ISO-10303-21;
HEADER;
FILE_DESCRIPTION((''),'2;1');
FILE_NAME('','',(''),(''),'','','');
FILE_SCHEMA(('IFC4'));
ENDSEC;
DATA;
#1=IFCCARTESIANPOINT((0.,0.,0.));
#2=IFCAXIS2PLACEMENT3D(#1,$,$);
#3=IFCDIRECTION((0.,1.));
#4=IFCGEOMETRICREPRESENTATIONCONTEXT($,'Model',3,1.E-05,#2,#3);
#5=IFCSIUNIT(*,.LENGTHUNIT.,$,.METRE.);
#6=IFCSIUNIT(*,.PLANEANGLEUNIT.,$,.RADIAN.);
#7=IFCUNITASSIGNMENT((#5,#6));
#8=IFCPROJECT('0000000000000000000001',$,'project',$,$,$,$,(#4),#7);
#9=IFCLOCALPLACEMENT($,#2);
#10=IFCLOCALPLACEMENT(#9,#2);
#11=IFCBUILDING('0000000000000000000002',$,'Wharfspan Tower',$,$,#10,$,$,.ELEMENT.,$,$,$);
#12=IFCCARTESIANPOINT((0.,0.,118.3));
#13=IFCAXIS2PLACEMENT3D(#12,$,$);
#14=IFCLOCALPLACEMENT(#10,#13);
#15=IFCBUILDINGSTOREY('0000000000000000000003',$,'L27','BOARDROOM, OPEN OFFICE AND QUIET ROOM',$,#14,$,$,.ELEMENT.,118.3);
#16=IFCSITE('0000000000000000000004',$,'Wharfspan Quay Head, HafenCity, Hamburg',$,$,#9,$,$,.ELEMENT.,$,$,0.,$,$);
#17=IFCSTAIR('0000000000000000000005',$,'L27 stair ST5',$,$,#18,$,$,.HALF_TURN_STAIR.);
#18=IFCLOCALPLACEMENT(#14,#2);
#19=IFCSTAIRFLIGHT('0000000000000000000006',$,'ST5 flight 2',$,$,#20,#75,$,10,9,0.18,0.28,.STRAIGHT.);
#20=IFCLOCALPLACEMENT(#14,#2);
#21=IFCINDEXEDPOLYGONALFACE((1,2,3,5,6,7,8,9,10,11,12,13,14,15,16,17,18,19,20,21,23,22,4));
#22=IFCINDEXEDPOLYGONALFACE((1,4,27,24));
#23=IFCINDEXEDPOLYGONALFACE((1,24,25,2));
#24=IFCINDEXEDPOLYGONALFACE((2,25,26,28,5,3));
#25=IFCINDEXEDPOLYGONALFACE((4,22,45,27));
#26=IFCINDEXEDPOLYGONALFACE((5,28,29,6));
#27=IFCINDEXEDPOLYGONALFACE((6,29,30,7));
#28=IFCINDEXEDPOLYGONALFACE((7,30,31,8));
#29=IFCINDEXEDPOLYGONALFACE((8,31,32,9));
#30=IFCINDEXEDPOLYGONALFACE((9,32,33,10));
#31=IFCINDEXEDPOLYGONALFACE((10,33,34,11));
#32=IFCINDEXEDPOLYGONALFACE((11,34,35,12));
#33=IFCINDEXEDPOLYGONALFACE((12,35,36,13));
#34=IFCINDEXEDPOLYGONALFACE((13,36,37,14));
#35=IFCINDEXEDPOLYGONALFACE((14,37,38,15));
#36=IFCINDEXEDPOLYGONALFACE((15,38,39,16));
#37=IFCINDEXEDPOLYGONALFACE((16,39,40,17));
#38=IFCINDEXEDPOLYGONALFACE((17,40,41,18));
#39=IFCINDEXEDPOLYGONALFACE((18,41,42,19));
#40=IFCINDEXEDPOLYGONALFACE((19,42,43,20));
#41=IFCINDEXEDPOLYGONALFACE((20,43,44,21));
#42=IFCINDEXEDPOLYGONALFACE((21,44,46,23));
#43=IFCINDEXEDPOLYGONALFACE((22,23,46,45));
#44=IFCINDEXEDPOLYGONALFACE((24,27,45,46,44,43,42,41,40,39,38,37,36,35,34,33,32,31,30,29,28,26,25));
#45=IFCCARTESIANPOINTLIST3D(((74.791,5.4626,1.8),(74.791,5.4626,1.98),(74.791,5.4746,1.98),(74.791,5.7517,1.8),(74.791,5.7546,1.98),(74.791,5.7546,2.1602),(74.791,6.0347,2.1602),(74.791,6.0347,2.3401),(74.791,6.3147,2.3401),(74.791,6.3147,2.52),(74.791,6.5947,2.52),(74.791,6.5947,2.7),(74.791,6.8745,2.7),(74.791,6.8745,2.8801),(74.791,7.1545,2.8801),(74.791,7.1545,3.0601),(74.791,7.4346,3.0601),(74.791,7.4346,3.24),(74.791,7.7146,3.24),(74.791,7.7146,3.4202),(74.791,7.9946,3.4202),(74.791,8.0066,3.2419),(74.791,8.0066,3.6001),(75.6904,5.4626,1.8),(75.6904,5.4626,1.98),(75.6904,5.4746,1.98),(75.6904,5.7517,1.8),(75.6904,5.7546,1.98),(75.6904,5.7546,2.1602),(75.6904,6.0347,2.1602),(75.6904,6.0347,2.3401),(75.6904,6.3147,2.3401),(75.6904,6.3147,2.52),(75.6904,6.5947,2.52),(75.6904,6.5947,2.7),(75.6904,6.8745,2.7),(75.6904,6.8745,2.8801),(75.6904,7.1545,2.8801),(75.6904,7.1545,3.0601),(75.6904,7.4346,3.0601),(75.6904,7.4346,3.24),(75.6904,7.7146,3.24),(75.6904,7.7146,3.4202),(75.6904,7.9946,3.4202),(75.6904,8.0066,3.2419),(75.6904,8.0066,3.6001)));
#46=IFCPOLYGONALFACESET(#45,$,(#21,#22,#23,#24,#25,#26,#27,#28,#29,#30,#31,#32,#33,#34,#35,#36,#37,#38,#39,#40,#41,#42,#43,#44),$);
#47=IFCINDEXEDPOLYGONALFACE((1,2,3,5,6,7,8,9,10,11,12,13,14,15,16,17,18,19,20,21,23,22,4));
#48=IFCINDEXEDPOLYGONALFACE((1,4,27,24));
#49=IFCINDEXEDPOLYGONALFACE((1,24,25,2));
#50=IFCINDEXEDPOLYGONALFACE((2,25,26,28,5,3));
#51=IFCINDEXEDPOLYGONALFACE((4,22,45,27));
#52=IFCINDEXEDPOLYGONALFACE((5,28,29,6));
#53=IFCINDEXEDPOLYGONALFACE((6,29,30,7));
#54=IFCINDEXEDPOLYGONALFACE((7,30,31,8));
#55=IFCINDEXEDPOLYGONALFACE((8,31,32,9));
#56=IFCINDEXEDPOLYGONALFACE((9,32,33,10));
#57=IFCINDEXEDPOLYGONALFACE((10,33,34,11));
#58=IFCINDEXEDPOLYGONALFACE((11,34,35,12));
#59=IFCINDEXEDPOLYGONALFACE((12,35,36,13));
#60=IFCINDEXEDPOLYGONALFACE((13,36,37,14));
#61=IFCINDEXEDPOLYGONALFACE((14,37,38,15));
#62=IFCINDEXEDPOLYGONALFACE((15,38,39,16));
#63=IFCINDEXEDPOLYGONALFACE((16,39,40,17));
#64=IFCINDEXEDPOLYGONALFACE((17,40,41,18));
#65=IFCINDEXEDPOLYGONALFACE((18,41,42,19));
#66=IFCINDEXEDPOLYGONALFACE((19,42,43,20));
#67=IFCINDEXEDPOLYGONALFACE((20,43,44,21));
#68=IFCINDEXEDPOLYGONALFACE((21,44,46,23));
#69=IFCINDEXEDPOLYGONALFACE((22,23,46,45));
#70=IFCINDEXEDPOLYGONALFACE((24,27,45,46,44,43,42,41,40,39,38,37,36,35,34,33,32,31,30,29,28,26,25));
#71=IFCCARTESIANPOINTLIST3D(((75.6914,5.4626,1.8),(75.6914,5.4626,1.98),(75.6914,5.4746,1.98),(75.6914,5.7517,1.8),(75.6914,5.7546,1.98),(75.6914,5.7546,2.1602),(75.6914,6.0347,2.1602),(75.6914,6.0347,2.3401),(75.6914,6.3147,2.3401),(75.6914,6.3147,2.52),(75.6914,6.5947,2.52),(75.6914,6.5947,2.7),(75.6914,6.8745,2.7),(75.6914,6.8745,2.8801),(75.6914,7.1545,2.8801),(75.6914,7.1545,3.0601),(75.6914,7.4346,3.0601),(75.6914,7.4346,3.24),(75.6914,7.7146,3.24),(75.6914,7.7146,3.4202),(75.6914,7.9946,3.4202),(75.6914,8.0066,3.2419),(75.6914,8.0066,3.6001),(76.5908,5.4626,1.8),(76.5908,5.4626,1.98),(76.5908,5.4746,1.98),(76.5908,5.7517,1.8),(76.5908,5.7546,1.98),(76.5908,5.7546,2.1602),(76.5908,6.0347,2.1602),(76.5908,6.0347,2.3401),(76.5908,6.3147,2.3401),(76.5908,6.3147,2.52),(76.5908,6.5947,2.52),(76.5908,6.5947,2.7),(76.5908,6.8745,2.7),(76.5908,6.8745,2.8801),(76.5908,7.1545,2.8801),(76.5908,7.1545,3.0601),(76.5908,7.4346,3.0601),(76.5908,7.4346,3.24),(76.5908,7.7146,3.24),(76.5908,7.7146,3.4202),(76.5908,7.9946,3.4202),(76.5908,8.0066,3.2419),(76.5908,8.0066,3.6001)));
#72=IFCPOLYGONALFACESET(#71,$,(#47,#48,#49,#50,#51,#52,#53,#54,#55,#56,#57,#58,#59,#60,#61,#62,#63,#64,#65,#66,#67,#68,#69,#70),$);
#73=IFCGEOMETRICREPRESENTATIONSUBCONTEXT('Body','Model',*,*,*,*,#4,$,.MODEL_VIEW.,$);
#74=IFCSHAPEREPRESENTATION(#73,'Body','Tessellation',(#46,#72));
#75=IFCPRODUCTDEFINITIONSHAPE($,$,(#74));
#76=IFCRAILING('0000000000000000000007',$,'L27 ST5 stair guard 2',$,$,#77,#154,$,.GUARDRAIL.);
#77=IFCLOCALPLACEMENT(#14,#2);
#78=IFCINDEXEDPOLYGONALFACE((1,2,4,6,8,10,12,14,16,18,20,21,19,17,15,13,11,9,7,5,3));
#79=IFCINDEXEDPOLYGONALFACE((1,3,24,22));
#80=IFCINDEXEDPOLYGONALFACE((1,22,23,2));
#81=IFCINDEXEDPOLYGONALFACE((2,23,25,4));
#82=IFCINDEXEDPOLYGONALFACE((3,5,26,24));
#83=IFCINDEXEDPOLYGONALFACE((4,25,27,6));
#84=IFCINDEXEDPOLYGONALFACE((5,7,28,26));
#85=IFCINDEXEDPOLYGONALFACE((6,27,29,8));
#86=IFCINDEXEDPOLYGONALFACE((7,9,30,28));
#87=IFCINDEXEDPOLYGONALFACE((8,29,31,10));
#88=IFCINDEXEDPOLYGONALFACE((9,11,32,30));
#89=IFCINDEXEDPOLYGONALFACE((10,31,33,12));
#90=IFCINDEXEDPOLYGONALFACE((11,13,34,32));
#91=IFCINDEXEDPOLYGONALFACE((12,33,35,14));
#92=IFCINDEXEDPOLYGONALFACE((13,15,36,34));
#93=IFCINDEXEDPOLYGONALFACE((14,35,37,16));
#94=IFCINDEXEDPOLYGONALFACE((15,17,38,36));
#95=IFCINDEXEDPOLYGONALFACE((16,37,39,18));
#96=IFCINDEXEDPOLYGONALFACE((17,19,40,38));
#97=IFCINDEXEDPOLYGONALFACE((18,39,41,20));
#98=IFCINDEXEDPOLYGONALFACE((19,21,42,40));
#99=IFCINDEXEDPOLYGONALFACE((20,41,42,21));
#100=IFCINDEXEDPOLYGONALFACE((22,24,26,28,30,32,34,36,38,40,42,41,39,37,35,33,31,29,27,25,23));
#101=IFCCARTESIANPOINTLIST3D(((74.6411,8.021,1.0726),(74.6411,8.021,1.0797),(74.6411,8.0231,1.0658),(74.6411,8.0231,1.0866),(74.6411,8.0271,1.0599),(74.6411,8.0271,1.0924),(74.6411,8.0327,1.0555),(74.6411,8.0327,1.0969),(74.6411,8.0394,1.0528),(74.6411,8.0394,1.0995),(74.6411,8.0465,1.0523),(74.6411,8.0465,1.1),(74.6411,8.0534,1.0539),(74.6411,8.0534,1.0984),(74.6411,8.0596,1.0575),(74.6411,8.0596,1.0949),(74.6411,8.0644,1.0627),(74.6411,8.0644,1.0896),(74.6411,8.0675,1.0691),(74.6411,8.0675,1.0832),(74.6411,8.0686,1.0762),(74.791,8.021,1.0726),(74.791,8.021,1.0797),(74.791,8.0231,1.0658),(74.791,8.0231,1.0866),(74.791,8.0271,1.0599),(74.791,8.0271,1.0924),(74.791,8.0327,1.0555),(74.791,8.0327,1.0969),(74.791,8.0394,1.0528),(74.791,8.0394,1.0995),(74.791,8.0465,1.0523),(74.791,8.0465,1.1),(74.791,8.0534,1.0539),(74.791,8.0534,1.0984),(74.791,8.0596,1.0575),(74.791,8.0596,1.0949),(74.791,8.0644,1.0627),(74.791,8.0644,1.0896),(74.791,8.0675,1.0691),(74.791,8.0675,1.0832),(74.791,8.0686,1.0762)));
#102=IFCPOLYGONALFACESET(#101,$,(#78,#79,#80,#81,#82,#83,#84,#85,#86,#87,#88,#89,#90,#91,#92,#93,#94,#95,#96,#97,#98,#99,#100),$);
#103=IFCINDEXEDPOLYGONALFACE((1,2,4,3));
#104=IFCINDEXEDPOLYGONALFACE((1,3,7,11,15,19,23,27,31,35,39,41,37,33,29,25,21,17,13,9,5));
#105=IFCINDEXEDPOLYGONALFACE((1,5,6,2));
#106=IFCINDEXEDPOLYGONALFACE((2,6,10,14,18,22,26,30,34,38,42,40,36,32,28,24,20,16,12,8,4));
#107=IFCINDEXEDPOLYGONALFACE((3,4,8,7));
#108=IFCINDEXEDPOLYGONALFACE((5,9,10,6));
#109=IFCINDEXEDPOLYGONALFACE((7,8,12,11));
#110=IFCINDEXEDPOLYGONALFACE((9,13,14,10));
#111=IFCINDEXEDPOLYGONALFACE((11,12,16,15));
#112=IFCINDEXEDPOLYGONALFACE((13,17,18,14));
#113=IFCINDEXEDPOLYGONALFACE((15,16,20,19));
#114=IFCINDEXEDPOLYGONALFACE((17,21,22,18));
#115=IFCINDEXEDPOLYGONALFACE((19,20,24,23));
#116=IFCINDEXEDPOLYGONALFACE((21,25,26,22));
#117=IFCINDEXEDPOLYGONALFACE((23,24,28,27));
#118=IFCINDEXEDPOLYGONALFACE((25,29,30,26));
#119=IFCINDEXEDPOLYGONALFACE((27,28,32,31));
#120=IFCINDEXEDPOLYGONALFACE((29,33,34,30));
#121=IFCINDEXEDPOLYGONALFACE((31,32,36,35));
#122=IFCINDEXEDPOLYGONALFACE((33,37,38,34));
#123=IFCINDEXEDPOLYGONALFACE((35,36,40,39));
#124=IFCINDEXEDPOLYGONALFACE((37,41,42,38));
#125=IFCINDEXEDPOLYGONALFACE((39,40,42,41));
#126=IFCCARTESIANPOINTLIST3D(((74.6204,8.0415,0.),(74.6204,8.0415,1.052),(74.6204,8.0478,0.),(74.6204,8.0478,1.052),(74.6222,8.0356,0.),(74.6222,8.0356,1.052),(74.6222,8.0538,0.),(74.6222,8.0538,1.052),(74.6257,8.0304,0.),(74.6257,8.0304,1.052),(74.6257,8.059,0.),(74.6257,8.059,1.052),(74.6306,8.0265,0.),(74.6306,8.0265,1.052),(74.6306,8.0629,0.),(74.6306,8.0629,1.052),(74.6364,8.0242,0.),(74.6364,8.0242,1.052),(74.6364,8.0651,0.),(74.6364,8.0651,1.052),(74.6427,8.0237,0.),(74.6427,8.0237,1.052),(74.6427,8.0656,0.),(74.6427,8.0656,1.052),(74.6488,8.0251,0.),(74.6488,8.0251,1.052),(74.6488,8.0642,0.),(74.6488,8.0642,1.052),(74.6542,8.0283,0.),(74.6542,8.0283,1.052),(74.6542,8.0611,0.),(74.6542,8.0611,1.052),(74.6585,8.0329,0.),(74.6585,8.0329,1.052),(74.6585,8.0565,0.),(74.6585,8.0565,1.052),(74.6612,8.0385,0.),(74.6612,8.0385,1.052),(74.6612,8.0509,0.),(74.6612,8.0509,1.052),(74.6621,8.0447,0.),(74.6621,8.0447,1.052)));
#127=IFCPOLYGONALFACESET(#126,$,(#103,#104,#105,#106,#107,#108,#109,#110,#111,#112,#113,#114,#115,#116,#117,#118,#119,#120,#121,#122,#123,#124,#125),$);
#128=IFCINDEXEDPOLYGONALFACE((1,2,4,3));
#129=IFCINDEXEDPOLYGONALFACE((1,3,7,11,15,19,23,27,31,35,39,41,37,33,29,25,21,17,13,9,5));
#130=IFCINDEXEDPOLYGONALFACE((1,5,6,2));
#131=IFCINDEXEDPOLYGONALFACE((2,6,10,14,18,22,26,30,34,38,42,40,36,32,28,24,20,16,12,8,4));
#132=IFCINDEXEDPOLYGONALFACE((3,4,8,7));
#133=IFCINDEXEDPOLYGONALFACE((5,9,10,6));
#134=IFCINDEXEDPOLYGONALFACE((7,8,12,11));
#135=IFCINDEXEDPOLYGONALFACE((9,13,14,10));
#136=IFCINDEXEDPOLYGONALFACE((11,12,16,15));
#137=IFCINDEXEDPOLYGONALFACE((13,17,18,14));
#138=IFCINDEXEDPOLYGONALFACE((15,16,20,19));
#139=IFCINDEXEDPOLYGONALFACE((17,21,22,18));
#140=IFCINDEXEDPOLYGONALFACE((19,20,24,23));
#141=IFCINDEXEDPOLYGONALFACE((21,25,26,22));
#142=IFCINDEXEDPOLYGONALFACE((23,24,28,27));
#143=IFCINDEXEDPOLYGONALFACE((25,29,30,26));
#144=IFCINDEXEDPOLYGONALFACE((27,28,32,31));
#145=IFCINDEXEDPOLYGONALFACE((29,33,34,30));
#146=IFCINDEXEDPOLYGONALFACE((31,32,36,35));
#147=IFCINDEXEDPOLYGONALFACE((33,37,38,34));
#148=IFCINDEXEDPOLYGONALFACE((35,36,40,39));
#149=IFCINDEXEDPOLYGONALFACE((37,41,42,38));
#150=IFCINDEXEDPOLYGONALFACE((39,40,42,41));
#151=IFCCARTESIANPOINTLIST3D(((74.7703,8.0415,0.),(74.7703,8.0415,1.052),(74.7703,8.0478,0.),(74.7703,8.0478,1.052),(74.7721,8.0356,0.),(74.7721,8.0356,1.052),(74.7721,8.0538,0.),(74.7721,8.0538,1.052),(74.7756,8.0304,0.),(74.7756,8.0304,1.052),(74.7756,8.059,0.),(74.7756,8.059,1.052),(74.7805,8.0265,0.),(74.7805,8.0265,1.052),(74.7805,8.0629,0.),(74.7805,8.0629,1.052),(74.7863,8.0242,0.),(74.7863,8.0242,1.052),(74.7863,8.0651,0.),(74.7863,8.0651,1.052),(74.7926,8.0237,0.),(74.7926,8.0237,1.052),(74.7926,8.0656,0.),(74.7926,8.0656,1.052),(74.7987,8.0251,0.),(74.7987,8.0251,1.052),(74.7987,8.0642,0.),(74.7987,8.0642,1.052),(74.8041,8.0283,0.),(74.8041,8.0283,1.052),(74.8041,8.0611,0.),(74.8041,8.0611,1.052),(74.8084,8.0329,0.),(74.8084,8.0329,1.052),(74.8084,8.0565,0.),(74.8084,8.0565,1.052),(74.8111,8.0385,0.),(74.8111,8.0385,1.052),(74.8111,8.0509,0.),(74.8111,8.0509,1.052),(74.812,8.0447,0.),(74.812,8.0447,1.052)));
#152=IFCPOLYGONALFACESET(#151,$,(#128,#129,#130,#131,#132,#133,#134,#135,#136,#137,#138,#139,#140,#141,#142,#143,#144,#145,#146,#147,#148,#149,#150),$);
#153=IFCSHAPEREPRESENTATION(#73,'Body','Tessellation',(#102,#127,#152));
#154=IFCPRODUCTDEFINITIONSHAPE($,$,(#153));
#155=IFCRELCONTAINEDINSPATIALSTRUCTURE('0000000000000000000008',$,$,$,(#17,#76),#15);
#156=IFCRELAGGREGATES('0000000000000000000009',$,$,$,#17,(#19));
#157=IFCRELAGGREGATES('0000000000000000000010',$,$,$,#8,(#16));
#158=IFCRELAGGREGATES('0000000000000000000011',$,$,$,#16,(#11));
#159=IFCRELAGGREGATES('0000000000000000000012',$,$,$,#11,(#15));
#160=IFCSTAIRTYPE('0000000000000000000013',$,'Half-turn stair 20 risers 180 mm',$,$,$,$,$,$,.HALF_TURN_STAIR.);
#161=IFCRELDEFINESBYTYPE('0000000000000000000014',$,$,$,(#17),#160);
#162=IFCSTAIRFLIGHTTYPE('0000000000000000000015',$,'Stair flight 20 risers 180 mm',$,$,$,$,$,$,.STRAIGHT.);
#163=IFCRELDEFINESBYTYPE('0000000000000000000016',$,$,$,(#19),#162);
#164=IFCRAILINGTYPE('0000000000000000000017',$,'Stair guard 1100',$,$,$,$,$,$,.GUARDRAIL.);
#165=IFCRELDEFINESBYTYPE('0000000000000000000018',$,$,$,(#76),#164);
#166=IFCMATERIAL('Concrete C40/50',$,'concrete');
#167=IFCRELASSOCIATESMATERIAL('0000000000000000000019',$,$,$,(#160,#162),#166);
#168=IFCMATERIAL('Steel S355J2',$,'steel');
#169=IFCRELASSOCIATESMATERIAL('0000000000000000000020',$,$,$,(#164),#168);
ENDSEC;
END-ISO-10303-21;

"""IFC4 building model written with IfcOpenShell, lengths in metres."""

from ifc_helpers import new_model, si_unit, direction, frame, origin, origin_2d, place, context, subcontext, project, spatial, polyline, circle, outline, extrude, material, type_object, element, aggregate, save


model = new_model("IFC4")

# Units and contexts
model_context = context("Model", 3, precision=1e-05, world=origin(), true_north=direction((0.0, 1.0)))
body_context = subcontext(model_context, "Body", "Model", "MODEL_VIEW")
ifc_project = project(units=[si_unit("LENGTHUNIT", "METRE"), si_unit("PLANEANGLEUNIT", "RADIAN")], contexts=[model_context])

# Site, building, storey
site_placement = place(None, origin())
site = spatial("IfcSite", under=ifc_project, at=site_placement, Name="Wharfspan Quay Head, HafenCity, Hamburg", CompositionType="ELEMENT", RefElevation=0.0)
building_placement = place(site_placement, origin())
building = spatial("IfcBuilding", under=site, at=building_placement, Name="Wharfspan Tower", CompositionType="ELEMENT")
storey_placement = place(building_placement, frame((0.0, 0.0, 118.3)))
storey = spatial("IfcBuildingStorey", under=building, at=storey_placement, Name="L27", Description="BOARDROOM, OPEN OFFICE AND QUIET ROOM", CompositionType="ELEMENT", Elevation=118.3)

# Shared definitions
ifc_material_1 = material(Name="Steel S355J2", Category="steel")

# Shared definitions
ifc_material_2 = material(Name="Concrete C40/50", Category="concrete")

# Stair, stair flight
stair_type = type_object("IfcStairType", Name="Half-turn stair 20 risers 180 mm", PredefinedType="HALF_TURN_STAIR", material=ifc_material_2)
stair_placement = place(storey_placement, origin())
stair = element("IfcStair", 1, at=stair_placement, inside=storey, type_object=stair_type, Name="L27 stair ST5", PredefinedType="HALF_TURN_STAIR")
stair_flight_type = type_object("IfcStairFlightType", Name="Stair flight 20 risers 180 mm", PredefinedType="STRAIGHT", material=ifc_material_2)
stair_flight_1_placement = place(storey_placement, frame((75.6909, 5.4746, 1.8), z_axis=(0.0, 0.0, 1.0), x_axis=(0.0, 1.0, 0.0)))
stair_flight_1 = element("IfcStairFlight", 2, at=stair_flight_1_placement, type_object=stair_flight_type, Name="ST5 flight 2", NumberOfRisers=10, NumberOfTreads=9, PredefinedType="STRAIGHT", RiserHeight=0.18, TreadLength=0.28, context=body_context, shape_type="SweptSolid", body=[
    extrude(outline(polyline([(-0.012, 0.0), (-0.012, 0.1799), (0.0, 0.1799), (0.28, 0.1799), (0.28, 0.3601), (0.5601, 0.3601), (0.5601, 0.54), (0.8401, 0.54), (0.8401, 0.72), (1.1201, 0.72), (1.1201, 0.8999), (1.3999, 0.8999), (1.3999, 1.0801), (1.6799, 1.0801), (1.6799, 1.26), (1.96, 1.26), (1.96, 1.4399), (2.24, 1.4399), (2.24, 1.6201), (2.52, 1.6201), (2.532, 1.8), (2.532, 1.4419), (0.2771, 0.0), (-0.012, 0.0)])), frame((0.0, 0.8999, 0.0), z_axis=(0.0, -1.0, 0.0), x_axis=(1.0, 0.0, 0.0)), (0.0, 0.0, 1.0), 0.8994),
    extrude(outline(polyline([(-0.012, 0.0), (-0.012, 0.1799), (0.0, 0.1799), (0.28, 0.1799), (0.28, 0.3601), (0.5601, 0.3601), (0.5601, 0.54), (0.8401, 0.54), (0.8401, 0.72), (1.1201, 0.72), (1.1201, 0.8999), (1.3999, 0.8999), (1.3999, 1.0801), (1.6799, 1.0801), (1.6799, 1.26), (1.96, 1.26), (1.96, 1.4399), (2.24, 1.4399), (2.24, 1.6201), (2.52, 1.6201), (2.532, 1.8), (2.532, 1.4419), (0.2771, 0.0), (-0.012, 0.0)])), frame((0.0, -0.0005, 0.0), z_axis=(0.0, -1.0, 0.0), x_axis=(1.0, 0.0, 0.0)), (0.0, 0.0, 1.0), 0.8994),
])
aggregate(stair, [stair_flight_1])

# Railing
railing_type_1 = type_object("IfcRailingType", Name="Stair guard 1100", PredefinedType="GUARDRAIL", material=ifc_material_1)
railing_1_placement = place(storey_placement, frame((74.6411, 8.0447, 0.0)))
element("IfcRailing", 3, at=railing_1_placement, inside=storey, type_object=railing_type_1, Name="L27 ST5 stair guard 2", PredefinedType="GUARDRAIL", context=body_context, shape_type="SweptSolid", body=[
    extrude(circle(Radius=0.0239, at=origin_2d()), frame((0.0, 0.0, 1.0762), z_axis=(1.0, 0.0, 0.0), x_axis=(0.0, 1.0, 0.0)), (0.0, 0.0, 1.0), 0.1499),
    extrude(circle(Radius=0.021, at=origin_2d()), origin(), (0.0, 0.0, 1.0), 1.052),
    extrude(circle(Radius=0.021, at=origin_2d()), frame((0.1499, 0.0, 0.0)), (0.0, 0.0, 1.0), 1.052),
])

save(model, "model.ifc")
